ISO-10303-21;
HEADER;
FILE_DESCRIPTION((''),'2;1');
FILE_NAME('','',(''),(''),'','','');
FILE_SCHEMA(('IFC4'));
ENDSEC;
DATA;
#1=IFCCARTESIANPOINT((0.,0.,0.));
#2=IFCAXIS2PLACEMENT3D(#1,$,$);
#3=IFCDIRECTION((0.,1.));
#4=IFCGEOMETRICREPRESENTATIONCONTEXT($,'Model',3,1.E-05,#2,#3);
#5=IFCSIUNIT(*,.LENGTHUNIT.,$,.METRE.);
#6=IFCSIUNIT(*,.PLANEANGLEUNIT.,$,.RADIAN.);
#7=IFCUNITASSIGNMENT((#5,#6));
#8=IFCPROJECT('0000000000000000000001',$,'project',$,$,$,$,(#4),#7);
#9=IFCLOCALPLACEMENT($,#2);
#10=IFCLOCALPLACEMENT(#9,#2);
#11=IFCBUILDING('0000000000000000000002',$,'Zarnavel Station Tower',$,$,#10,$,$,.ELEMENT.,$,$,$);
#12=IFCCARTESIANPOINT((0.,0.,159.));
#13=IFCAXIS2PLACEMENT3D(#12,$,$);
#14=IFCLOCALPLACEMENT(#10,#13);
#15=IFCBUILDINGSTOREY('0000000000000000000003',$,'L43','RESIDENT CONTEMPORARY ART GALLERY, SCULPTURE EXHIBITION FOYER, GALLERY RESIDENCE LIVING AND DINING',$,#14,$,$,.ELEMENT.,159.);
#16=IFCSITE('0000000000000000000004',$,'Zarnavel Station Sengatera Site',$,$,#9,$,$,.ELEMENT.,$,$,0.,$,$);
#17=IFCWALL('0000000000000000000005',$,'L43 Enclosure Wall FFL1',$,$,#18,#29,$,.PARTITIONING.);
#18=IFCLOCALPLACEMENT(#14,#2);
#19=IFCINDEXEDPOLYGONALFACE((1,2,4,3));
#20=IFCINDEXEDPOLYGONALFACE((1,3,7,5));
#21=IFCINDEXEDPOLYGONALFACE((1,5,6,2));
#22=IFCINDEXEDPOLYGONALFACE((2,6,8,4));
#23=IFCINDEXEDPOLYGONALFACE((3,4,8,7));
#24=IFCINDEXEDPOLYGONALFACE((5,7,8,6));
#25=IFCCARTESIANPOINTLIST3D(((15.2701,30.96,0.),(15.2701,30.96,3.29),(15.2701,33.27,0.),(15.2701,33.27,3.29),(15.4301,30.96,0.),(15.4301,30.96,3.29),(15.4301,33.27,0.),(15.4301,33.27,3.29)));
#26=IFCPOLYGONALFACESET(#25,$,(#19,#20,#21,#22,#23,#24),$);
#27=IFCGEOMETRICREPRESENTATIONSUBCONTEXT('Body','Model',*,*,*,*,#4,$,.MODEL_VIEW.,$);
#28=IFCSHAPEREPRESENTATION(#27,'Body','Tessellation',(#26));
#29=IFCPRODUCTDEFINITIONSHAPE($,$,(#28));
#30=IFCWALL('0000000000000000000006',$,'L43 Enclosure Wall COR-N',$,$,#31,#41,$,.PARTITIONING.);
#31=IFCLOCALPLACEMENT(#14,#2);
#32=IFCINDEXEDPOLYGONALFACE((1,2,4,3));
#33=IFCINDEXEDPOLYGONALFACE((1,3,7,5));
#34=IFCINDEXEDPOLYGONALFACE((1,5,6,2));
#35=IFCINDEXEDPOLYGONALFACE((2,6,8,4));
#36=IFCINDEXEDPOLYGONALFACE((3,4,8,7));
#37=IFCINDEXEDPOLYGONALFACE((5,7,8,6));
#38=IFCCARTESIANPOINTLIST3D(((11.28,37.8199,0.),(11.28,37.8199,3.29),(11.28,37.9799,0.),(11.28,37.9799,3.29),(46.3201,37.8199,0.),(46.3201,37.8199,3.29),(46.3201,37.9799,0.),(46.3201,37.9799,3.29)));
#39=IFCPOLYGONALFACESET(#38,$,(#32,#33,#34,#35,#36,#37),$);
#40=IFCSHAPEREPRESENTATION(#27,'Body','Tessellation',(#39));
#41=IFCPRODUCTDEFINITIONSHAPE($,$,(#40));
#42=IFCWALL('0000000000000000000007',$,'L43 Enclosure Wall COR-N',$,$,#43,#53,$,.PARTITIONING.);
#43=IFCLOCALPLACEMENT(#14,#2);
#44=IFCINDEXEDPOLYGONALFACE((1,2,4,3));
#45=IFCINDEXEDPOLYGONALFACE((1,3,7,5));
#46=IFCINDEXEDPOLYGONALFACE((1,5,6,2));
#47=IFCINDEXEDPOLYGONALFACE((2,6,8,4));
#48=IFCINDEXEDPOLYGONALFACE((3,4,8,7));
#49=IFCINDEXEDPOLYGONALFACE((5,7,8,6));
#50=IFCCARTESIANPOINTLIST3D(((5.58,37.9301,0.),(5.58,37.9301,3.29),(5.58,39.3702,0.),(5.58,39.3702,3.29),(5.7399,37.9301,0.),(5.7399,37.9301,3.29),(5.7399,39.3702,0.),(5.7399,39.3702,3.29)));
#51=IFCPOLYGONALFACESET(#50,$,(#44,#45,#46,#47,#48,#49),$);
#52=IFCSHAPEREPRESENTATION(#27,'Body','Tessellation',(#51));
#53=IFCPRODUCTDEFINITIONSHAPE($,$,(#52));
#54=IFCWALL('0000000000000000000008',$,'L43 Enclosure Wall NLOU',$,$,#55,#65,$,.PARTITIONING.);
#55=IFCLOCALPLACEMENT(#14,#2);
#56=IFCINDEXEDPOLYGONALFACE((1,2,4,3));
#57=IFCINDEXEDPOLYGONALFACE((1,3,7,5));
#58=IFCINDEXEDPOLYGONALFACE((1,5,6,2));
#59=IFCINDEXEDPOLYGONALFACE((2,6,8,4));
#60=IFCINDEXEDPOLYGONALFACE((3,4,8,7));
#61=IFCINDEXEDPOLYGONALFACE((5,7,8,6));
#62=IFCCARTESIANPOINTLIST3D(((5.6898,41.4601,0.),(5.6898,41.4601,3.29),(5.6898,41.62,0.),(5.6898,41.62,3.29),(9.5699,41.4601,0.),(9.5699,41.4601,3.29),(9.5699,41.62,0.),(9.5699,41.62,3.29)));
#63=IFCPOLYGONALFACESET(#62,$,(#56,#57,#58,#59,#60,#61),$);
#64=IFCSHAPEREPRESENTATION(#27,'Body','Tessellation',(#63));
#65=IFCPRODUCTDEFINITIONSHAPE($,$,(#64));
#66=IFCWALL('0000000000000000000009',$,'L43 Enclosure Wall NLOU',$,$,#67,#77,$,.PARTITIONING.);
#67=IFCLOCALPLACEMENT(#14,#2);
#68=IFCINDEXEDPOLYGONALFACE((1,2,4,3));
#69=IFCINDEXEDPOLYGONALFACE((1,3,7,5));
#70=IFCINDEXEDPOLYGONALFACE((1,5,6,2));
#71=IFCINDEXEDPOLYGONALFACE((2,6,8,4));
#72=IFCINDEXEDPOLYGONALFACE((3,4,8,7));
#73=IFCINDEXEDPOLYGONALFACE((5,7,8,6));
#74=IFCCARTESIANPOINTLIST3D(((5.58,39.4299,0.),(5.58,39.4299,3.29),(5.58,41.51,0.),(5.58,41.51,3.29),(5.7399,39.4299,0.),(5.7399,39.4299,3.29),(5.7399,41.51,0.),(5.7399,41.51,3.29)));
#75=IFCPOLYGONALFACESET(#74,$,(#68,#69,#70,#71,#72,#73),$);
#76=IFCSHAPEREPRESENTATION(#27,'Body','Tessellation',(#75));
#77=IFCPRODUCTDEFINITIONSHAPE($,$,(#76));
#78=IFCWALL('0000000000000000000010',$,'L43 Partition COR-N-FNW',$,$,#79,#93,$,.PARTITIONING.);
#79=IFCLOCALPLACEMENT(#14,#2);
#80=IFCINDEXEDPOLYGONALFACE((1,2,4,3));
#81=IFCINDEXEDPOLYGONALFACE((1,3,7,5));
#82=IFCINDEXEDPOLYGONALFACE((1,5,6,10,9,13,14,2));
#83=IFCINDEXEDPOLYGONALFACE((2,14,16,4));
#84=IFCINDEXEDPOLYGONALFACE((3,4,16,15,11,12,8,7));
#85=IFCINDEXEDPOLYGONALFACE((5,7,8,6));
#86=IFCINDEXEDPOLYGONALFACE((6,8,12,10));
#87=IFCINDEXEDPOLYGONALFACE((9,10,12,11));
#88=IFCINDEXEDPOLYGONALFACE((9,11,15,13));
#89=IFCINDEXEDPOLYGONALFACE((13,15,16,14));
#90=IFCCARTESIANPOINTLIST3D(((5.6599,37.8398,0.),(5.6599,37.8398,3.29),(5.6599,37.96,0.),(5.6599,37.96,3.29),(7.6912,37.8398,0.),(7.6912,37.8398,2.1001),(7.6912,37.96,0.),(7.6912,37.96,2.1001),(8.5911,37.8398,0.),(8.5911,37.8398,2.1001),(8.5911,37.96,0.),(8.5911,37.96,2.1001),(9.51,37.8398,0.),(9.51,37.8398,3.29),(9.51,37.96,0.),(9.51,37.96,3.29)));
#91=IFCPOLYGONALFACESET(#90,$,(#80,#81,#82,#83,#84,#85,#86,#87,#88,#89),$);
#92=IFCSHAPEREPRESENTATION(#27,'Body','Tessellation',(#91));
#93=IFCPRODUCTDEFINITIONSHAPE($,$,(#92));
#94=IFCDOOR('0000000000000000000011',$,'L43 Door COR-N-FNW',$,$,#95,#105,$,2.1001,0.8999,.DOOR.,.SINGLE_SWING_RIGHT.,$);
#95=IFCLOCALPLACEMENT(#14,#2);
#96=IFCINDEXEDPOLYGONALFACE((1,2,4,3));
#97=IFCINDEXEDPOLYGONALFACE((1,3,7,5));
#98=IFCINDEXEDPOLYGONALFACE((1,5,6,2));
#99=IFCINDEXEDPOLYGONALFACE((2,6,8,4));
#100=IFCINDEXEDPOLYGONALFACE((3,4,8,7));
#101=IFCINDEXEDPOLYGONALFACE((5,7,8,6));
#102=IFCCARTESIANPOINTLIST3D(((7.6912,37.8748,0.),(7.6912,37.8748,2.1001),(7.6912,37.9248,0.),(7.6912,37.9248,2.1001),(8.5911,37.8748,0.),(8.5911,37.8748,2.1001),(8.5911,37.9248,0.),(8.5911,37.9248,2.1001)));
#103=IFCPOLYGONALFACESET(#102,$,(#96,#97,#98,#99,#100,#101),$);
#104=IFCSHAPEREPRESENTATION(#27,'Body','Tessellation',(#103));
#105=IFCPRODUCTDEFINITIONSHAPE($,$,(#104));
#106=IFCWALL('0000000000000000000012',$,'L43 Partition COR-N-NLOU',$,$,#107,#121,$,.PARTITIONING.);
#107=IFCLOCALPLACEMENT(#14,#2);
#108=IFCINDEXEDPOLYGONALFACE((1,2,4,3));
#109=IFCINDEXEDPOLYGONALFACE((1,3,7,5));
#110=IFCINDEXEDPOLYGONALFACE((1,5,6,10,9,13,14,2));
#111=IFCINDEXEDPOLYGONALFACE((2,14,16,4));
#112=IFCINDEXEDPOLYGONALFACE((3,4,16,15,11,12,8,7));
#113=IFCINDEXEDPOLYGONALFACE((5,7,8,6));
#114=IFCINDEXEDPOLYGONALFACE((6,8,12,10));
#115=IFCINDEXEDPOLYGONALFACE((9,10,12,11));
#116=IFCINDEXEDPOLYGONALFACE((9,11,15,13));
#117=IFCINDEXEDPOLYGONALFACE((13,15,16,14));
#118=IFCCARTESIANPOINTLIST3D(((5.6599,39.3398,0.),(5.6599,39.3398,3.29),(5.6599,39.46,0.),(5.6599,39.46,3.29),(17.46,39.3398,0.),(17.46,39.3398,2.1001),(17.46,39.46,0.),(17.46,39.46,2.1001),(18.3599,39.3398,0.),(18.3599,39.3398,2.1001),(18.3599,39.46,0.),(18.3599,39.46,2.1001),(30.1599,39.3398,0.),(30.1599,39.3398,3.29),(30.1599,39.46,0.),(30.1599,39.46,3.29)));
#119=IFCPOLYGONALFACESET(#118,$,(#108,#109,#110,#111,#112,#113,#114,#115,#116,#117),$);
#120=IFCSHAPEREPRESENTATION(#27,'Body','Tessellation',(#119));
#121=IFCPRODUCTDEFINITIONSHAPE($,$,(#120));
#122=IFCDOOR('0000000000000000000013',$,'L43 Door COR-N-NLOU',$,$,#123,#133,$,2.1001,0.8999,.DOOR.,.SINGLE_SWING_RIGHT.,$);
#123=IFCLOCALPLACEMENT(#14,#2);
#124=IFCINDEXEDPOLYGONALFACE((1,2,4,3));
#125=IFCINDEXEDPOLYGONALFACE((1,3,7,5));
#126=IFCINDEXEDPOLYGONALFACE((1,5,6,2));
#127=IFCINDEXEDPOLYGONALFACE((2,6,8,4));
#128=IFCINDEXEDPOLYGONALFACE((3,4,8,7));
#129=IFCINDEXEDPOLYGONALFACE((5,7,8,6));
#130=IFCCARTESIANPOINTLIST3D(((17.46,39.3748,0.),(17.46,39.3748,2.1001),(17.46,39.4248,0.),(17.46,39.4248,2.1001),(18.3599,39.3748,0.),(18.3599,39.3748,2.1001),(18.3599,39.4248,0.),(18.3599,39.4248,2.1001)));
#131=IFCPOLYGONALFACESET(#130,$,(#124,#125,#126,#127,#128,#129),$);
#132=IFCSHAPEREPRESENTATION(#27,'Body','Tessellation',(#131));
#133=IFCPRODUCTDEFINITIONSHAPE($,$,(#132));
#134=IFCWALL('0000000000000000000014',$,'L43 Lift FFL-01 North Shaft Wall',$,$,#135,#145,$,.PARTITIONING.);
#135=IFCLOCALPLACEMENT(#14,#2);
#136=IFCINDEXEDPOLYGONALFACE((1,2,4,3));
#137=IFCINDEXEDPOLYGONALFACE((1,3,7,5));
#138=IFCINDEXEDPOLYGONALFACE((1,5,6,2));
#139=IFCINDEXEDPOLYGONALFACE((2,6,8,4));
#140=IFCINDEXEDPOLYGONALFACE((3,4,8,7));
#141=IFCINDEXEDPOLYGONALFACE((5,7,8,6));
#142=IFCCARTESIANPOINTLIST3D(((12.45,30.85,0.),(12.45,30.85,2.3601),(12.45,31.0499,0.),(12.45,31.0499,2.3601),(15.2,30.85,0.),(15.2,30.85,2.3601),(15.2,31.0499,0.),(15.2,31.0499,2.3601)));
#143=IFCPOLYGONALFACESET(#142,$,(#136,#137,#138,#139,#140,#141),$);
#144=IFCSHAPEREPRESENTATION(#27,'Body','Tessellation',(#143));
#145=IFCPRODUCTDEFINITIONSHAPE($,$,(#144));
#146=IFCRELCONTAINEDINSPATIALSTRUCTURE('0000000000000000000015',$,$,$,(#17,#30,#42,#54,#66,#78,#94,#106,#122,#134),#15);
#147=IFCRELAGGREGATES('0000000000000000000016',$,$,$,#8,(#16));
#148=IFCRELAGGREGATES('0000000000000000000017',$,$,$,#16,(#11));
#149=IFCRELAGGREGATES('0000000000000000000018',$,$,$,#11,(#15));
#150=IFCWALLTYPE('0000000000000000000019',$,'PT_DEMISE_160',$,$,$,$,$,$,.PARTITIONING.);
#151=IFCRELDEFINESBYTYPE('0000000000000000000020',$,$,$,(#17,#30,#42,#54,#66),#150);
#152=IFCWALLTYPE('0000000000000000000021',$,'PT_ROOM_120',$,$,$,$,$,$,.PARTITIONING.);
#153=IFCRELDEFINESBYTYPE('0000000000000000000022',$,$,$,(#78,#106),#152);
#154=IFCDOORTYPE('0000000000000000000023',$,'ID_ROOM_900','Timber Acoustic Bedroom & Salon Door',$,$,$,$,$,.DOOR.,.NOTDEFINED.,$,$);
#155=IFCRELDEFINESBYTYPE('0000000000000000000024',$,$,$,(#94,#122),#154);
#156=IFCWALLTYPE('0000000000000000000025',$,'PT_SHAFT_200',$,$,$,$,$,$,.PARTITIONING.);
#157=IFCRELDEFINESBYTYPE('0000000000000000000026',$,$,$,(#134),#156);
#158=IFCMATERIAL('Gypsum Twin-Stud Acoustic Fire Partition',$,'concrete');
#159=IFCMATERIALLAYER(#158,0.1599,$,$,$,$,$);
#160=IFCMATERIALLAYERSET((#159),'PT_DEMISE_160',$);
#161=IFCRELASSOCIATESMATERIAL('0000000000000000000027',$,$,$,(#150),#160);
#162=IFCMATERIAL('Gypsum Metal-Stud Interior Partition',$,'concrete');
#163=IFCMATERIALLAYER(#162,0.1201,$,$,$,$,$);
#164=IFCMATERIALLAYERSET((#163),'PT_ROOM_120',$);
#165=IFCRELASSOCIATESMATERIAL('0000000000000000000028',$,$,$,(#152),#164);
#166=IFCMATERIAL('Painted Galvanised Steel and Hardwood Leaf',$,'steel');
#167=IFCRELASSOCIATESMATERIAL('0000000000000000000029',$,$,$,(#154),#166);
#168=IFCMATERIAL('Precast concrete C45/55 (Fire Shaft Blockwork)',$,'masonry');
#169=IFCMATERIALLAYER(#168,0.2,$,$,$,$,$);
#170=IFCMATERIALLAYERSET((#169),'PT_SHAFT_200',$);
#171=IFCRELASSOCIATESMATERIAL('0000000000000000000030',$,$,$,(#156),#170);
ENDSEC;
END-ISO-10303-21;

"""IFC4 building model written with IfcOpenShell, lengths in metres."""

from ifc_helpers import new_model, si_unit, direction, frame, frame_2d, origin, place, context, subcontext, project, spatial, rectangle, extrude, material, layer, layer_set, type_object, element, fill, save


model = new_model("IFC4")

# Units and contexts
model_context = context("Model", 3, precision=1e-05, world=origin(), true_north=direction((0.0, 1.0)))
body_context = subcontext(model_context, "Body", "Model", "MODEL_VIEW")
ifc_project = project(units=[si_unit("LENGTHUNIT", "METRE"), si_unit("PLANEANGLEUNIT", "RADIAN")], contexts=[model_context])

# Site, building, storey
site_placement = place(None, origin())
site = spatial("IfcSite", under=ifc_project, at=site_placement, Name="Zarnavel Station Sengatera Site", CompositionType="ELEMENT", RefElevation=0.0)
building_placement = place(site_placement, origin())
building = spatial("IfcBuilding", under=site, at=building_placement, Name="Zarnavel Station Tower", CompositionType="ELEMENT")
storey_placement = place(building_placement, frame((0.0, 0.0, 159.0)))
storey = spatial("IfcBuildingStorey", under=building, at=storey_placement, Name="L43", Description="RESIDENT CONTEMPORARY ART GALLERY, SCULPTURE EXHIBITION FOYER, GALLERY RESIDENCE LIVING AND DINING", CompositionType="ELEMENT", Elevation=159.0)

# Walls
ifc_material_1 = material(Name="Gypsum Twin-Stud Acoustic Fire Partition", Category="concrete")
ifc_layer_1 = layer(ifc_material_1, 0.1599)
ifc_layer_set_1 = layer_set([ifc_layer_1], Name="PT_DEMISE_160")
wall_type_1 = type_object("IfcWallType", Name="PT_DEMISE_160", PredefinedType="PARTITIONING", material=ifc_layer_set_1)
wall_1_placement = place(storey_placement, frame((15.3501, 30.96, 0.0), z_axis=(0.0, 0.0, 1.0), x_axis=(0.0, 1.0, 0.0)))
element("IfcWall", 1, at=wall_1_placement, inside=storey, type_object=wall_type_1, Name="L43 Enclosure Wall FFL1", PredefinedType="PARTITIONING", context=body_context, shape_type="SweptSolid", body=[
    extrude(rectangle(XDim=2.3101, YDim=0.1599, at=frame_2d((1.155, 0.0))), origin(), (0.0, 0.0, 1.0), 3.29),
])
wall_2_placement = place(storey_placement, frame((11.28, 37.8999, 0.0), z_axis=(0.0, 0.0, 1.0), x_axis=(1.0, 0.0, 0.0)))
element("IfcWall", 2, at=wall_2_placement, inside=storey, type_object=wall_type_1, Name="L43 Enclosure Wall COR-N", PredefinedType="PARTITIONING", context=body_context, shape_type="SweptSolid", body=[
    extrude(rectangle(XDim=35.04, YDim=0.1599, at=frame_2d((17.52, 0.0))), origin(), (0.0, 0.0, 1.0), 3.29),
])
wall_3_placement = place(storey_placement, frame((5.6599, 37.9299, 0.0), z_axis=(0.0, 0.0, 1.0), x_axis=(0.0, 1.0, 0.0)))
element("IfcWall", 3, at=wall_3_placement, inside=storey, type_object=wall_type_1, Name="L43 Enclosure Wall COR-N", PredefinedType="PARTITIONING", context=body_context, shape_type="SweptSolid", body=[
    extrude(rectangle(XDim=1.4402, YDim=0.1599, at=frame_2d((0.7202, 0.0))), origin(), (0.0, 0.0, 1.0), 3.29),
])
wall_4_placement = place(storey_placement, frame((5.6899, 41.54, 0.0), z_axis=(0.0, 0.0, 1.0), x_axis=(1.0, 0.0, 0.0)))
element("IfcWall", 4, at=wall_4_placement, inside=storey, type_object=wall_type_1, Name="L43 Enclosure Wall NLOU", PredefinedType="PARTITIONING", context=body_context, shape_type="SweptSolid", body=[
    extrude(rectangle(XDim=3.8801, YDim=0.1599, at=frame_2d((1.9399, 0.0))), origin(), (0.0, 0.0, 1.0), 3.29),
])
wall_5_placement = place(storey_placement, frame((5.6599, 39.4299, 0.0), z_axis=(0.0, 0.0, 1.0), x_axis=(0.0, 1.0, 0.0)))
element("IfcWall", 5, at=wall_5_placement, inside=storey, type_object=wall_type_1, Name="L43 Enclosure Wall NLOU", PredefinedType="PARTITIONING", context=body_context, shape_type="SweptSolid", body=[
    extrude(rectangle(XDim=2.0801, YDim=0.1599, at=frame_2d((1.04, 0.0))), origin(), (0.0, 0.0, 1.0), 3.29),
])

# Walls, openings, doors
ifc_material_2 = material(Name="Gypsum Metal-Stud Interior Partition", Category="concrete")
ifc_layer_2 = layer(ifc_material_2, 0.1201)
ifc_layer_set_2 = layer_set([ifc_layer_2], Name="PT_ROOM_120")
wall_type_2 = type_object("IfcWallType", Name="PT_ROOM_120", PredefinedType="PARTITIONING", material=ifc_layer_set_2)
wall_6_placement = place(storey_placement, frame((5.6599, 37.8999, 0.0), z_axis=(0.0, 0.0, 1.0), x_axis=(1.0, 0.0, 0.0)))
wall_6 = element("IfcWall", 6, at=wall_6_placement, inside=storey, type_object=wall_type_2, Name="L43 Partition COR-N-FNW", PredefinedType="PARTITIONING", context=body_context, shape_type="SweptSolid", body=[
    extrude(rectangle(XDim=3.8501, YDim=0.1201, at=frame_2d((1.925, 0.0))), origin(), (0.0, 0.0, 1.0), 3.29),
])
opening_1_placement = place(wall_6_placement, frame((2.0312, 0.0, 0.0)))
opening_1 = element("IfcOpeningElement", 7, at=opening_1_placement, cuts=wall_6, PredefinedType="OPENING", context=body_context, shape_type="SweptSolid", body=[
    extrude(rectangle(XDim=0.8999, YDim=2.1001, at=frame_2d((0.45, 1.05))), frame((0.0, 0.0701, 0.0), z_axis=(0.0, -1.0, 0.0), x_axis=(1.0, 0.0, 0.0)), (0.0, 0.0, 1.0), 0.1401),
])
ifc_material_3 = material(Name="Painted Galvanised Steel and Hardwood Leaf", Category="steel")
door_type = type_object("IfcDoorType", Name="ID_ROOM_900", Description="Timber Acoustic Bedroom & Salon Door", OperationType="NOTDEFINED", PredefinedType="DOOR", material=ifc_material_3)
door_1_placement = place(opening_1_placement, origin())
door_1 = element("IfcDoor", 8, at=door_1_placement, inside=storey, type_object=door_type, Name="L43 Door COR-N-FNW", OperationType="SINGLE_SWING_RIGHT", OverallHeight=2.1001, OverallWidth=0.8999, PredefinedType="DOOR", context=body_context, shape_type="SweptSolid", body=[
    extrude(rectangle(XDim=0.8999, YDim=2.1001, at=frame_2d((0.45, 1.05))), frame((0.0, 0.0249, 0.0), z_axis=(0.0, -1.0, 0.0), x_axis=(1.0, 0.0, 0.0)), (0.0, 0.0, 1.0), 0.05),
])
fill(opening_1, door_1)
wall_7_placement = place(storey_placement, frame((5.6599, 39.3999, 0.0), z_axis=(0.0, 0.0, 1.0), x_axis=(1.0, 0.0, 0.0)))
wall_7 = element("IfcWall", 9, at=wall_7_placement, inside=storey, type_object=wall_type_2, Name="L43 Partition COR-N-NLOU", PredefinedType="PARTITIONING", context=body_context, shape_type="SweptSolid", body=[
    extrude(rectangle(XDim=24.5, YDim=0.1201, at=frame_2d((12.25, 0.0))), origin(), (0.0, 0.0, 1.0), 3.29),
])
opening_2_placement = place(wall_7_placement, frame((11.8, 0.0, 0.0)))
opening_2 = element("IfcOpeningElement", 10, at=opening_2_placement, cuts=wall_7, PredefinedType="OPENING", context=body_context, shape_type="SweptSolid", body=[
    extrude(rectangle(XDim=0.8999, YDim=2.1001, at=frame_2d((0.45, 1.05))), frame((0.0, 0.0701, 0.0), z_axis=(0.0, -1.0, 0.0), x_axis=(1.0, 0.0, 0.0)), (0.0, 0.0, 1.0), 0.1401),
])
door_2_placement = place(opening_2_placement, origin())
door_2 = element("IfcDoor", 11, at=door_2_placement, inside=storey, type_object=door_type, Name="L43 Door COR-N-NLOU", OperationType="SINGLE_SWING_RIGHT", OverallHeight=2.1001, OverallWidth=0.8999, PredefinedType="DOOR", context=body_context, shape_type="SweptSolid", body=[
    extrude(rectangle(XDim=0.8999, YDim=2.1001, at=frame_2d((0.45, 1.05))), frame((0.0, 0.0249, 0.0), z_axis=(0.0, -1.0, 0.0), x_axis=(1.0, 0.0, 0.0)), (0.0, 0.0, 1.0), 0.05),
])
fill(opening_2, door_2)

# Wall
ifc_material_4 = material(Name="Precast concrete C45/55 (Fire Shaft Blockwork)", Category="masonry")
ifc_layer_3 = layer(ifc_material_4, 0.2)
ifc_layer_set_3 = layer_set([ifc_layer_3], Name="PT_SHAFT_200")
wall_type_3 = type_object("IfcWallType", Name="PT_SHAFT_200", PredefinedType="PARTITIONING", material=ifc_layer_set_3)
wall_8_placement = place(storey_placement, frame((12.45, 30.95, 0.0), z_axis=(0.0, 0.0, 1.0), x_axis=(1.0, 0.0, 0.0)))
element("IfcWall", 12, at=wall_8_placement, inside=storey, type_object=wall_type_3, Name="L43 Lift FFL-01 North Shaft Wall", PredefinedType="PARTITIONING", context=body_context, shape_type="SweptSolid", body=[
    extrude(rectangle(XDim=2.75, YDim=0.2, at=frame_2d((1.375, 0.0))), origin(), (0.0, 0.0, 1.0), 2.3601),
])

save(model, "model.ifc")
